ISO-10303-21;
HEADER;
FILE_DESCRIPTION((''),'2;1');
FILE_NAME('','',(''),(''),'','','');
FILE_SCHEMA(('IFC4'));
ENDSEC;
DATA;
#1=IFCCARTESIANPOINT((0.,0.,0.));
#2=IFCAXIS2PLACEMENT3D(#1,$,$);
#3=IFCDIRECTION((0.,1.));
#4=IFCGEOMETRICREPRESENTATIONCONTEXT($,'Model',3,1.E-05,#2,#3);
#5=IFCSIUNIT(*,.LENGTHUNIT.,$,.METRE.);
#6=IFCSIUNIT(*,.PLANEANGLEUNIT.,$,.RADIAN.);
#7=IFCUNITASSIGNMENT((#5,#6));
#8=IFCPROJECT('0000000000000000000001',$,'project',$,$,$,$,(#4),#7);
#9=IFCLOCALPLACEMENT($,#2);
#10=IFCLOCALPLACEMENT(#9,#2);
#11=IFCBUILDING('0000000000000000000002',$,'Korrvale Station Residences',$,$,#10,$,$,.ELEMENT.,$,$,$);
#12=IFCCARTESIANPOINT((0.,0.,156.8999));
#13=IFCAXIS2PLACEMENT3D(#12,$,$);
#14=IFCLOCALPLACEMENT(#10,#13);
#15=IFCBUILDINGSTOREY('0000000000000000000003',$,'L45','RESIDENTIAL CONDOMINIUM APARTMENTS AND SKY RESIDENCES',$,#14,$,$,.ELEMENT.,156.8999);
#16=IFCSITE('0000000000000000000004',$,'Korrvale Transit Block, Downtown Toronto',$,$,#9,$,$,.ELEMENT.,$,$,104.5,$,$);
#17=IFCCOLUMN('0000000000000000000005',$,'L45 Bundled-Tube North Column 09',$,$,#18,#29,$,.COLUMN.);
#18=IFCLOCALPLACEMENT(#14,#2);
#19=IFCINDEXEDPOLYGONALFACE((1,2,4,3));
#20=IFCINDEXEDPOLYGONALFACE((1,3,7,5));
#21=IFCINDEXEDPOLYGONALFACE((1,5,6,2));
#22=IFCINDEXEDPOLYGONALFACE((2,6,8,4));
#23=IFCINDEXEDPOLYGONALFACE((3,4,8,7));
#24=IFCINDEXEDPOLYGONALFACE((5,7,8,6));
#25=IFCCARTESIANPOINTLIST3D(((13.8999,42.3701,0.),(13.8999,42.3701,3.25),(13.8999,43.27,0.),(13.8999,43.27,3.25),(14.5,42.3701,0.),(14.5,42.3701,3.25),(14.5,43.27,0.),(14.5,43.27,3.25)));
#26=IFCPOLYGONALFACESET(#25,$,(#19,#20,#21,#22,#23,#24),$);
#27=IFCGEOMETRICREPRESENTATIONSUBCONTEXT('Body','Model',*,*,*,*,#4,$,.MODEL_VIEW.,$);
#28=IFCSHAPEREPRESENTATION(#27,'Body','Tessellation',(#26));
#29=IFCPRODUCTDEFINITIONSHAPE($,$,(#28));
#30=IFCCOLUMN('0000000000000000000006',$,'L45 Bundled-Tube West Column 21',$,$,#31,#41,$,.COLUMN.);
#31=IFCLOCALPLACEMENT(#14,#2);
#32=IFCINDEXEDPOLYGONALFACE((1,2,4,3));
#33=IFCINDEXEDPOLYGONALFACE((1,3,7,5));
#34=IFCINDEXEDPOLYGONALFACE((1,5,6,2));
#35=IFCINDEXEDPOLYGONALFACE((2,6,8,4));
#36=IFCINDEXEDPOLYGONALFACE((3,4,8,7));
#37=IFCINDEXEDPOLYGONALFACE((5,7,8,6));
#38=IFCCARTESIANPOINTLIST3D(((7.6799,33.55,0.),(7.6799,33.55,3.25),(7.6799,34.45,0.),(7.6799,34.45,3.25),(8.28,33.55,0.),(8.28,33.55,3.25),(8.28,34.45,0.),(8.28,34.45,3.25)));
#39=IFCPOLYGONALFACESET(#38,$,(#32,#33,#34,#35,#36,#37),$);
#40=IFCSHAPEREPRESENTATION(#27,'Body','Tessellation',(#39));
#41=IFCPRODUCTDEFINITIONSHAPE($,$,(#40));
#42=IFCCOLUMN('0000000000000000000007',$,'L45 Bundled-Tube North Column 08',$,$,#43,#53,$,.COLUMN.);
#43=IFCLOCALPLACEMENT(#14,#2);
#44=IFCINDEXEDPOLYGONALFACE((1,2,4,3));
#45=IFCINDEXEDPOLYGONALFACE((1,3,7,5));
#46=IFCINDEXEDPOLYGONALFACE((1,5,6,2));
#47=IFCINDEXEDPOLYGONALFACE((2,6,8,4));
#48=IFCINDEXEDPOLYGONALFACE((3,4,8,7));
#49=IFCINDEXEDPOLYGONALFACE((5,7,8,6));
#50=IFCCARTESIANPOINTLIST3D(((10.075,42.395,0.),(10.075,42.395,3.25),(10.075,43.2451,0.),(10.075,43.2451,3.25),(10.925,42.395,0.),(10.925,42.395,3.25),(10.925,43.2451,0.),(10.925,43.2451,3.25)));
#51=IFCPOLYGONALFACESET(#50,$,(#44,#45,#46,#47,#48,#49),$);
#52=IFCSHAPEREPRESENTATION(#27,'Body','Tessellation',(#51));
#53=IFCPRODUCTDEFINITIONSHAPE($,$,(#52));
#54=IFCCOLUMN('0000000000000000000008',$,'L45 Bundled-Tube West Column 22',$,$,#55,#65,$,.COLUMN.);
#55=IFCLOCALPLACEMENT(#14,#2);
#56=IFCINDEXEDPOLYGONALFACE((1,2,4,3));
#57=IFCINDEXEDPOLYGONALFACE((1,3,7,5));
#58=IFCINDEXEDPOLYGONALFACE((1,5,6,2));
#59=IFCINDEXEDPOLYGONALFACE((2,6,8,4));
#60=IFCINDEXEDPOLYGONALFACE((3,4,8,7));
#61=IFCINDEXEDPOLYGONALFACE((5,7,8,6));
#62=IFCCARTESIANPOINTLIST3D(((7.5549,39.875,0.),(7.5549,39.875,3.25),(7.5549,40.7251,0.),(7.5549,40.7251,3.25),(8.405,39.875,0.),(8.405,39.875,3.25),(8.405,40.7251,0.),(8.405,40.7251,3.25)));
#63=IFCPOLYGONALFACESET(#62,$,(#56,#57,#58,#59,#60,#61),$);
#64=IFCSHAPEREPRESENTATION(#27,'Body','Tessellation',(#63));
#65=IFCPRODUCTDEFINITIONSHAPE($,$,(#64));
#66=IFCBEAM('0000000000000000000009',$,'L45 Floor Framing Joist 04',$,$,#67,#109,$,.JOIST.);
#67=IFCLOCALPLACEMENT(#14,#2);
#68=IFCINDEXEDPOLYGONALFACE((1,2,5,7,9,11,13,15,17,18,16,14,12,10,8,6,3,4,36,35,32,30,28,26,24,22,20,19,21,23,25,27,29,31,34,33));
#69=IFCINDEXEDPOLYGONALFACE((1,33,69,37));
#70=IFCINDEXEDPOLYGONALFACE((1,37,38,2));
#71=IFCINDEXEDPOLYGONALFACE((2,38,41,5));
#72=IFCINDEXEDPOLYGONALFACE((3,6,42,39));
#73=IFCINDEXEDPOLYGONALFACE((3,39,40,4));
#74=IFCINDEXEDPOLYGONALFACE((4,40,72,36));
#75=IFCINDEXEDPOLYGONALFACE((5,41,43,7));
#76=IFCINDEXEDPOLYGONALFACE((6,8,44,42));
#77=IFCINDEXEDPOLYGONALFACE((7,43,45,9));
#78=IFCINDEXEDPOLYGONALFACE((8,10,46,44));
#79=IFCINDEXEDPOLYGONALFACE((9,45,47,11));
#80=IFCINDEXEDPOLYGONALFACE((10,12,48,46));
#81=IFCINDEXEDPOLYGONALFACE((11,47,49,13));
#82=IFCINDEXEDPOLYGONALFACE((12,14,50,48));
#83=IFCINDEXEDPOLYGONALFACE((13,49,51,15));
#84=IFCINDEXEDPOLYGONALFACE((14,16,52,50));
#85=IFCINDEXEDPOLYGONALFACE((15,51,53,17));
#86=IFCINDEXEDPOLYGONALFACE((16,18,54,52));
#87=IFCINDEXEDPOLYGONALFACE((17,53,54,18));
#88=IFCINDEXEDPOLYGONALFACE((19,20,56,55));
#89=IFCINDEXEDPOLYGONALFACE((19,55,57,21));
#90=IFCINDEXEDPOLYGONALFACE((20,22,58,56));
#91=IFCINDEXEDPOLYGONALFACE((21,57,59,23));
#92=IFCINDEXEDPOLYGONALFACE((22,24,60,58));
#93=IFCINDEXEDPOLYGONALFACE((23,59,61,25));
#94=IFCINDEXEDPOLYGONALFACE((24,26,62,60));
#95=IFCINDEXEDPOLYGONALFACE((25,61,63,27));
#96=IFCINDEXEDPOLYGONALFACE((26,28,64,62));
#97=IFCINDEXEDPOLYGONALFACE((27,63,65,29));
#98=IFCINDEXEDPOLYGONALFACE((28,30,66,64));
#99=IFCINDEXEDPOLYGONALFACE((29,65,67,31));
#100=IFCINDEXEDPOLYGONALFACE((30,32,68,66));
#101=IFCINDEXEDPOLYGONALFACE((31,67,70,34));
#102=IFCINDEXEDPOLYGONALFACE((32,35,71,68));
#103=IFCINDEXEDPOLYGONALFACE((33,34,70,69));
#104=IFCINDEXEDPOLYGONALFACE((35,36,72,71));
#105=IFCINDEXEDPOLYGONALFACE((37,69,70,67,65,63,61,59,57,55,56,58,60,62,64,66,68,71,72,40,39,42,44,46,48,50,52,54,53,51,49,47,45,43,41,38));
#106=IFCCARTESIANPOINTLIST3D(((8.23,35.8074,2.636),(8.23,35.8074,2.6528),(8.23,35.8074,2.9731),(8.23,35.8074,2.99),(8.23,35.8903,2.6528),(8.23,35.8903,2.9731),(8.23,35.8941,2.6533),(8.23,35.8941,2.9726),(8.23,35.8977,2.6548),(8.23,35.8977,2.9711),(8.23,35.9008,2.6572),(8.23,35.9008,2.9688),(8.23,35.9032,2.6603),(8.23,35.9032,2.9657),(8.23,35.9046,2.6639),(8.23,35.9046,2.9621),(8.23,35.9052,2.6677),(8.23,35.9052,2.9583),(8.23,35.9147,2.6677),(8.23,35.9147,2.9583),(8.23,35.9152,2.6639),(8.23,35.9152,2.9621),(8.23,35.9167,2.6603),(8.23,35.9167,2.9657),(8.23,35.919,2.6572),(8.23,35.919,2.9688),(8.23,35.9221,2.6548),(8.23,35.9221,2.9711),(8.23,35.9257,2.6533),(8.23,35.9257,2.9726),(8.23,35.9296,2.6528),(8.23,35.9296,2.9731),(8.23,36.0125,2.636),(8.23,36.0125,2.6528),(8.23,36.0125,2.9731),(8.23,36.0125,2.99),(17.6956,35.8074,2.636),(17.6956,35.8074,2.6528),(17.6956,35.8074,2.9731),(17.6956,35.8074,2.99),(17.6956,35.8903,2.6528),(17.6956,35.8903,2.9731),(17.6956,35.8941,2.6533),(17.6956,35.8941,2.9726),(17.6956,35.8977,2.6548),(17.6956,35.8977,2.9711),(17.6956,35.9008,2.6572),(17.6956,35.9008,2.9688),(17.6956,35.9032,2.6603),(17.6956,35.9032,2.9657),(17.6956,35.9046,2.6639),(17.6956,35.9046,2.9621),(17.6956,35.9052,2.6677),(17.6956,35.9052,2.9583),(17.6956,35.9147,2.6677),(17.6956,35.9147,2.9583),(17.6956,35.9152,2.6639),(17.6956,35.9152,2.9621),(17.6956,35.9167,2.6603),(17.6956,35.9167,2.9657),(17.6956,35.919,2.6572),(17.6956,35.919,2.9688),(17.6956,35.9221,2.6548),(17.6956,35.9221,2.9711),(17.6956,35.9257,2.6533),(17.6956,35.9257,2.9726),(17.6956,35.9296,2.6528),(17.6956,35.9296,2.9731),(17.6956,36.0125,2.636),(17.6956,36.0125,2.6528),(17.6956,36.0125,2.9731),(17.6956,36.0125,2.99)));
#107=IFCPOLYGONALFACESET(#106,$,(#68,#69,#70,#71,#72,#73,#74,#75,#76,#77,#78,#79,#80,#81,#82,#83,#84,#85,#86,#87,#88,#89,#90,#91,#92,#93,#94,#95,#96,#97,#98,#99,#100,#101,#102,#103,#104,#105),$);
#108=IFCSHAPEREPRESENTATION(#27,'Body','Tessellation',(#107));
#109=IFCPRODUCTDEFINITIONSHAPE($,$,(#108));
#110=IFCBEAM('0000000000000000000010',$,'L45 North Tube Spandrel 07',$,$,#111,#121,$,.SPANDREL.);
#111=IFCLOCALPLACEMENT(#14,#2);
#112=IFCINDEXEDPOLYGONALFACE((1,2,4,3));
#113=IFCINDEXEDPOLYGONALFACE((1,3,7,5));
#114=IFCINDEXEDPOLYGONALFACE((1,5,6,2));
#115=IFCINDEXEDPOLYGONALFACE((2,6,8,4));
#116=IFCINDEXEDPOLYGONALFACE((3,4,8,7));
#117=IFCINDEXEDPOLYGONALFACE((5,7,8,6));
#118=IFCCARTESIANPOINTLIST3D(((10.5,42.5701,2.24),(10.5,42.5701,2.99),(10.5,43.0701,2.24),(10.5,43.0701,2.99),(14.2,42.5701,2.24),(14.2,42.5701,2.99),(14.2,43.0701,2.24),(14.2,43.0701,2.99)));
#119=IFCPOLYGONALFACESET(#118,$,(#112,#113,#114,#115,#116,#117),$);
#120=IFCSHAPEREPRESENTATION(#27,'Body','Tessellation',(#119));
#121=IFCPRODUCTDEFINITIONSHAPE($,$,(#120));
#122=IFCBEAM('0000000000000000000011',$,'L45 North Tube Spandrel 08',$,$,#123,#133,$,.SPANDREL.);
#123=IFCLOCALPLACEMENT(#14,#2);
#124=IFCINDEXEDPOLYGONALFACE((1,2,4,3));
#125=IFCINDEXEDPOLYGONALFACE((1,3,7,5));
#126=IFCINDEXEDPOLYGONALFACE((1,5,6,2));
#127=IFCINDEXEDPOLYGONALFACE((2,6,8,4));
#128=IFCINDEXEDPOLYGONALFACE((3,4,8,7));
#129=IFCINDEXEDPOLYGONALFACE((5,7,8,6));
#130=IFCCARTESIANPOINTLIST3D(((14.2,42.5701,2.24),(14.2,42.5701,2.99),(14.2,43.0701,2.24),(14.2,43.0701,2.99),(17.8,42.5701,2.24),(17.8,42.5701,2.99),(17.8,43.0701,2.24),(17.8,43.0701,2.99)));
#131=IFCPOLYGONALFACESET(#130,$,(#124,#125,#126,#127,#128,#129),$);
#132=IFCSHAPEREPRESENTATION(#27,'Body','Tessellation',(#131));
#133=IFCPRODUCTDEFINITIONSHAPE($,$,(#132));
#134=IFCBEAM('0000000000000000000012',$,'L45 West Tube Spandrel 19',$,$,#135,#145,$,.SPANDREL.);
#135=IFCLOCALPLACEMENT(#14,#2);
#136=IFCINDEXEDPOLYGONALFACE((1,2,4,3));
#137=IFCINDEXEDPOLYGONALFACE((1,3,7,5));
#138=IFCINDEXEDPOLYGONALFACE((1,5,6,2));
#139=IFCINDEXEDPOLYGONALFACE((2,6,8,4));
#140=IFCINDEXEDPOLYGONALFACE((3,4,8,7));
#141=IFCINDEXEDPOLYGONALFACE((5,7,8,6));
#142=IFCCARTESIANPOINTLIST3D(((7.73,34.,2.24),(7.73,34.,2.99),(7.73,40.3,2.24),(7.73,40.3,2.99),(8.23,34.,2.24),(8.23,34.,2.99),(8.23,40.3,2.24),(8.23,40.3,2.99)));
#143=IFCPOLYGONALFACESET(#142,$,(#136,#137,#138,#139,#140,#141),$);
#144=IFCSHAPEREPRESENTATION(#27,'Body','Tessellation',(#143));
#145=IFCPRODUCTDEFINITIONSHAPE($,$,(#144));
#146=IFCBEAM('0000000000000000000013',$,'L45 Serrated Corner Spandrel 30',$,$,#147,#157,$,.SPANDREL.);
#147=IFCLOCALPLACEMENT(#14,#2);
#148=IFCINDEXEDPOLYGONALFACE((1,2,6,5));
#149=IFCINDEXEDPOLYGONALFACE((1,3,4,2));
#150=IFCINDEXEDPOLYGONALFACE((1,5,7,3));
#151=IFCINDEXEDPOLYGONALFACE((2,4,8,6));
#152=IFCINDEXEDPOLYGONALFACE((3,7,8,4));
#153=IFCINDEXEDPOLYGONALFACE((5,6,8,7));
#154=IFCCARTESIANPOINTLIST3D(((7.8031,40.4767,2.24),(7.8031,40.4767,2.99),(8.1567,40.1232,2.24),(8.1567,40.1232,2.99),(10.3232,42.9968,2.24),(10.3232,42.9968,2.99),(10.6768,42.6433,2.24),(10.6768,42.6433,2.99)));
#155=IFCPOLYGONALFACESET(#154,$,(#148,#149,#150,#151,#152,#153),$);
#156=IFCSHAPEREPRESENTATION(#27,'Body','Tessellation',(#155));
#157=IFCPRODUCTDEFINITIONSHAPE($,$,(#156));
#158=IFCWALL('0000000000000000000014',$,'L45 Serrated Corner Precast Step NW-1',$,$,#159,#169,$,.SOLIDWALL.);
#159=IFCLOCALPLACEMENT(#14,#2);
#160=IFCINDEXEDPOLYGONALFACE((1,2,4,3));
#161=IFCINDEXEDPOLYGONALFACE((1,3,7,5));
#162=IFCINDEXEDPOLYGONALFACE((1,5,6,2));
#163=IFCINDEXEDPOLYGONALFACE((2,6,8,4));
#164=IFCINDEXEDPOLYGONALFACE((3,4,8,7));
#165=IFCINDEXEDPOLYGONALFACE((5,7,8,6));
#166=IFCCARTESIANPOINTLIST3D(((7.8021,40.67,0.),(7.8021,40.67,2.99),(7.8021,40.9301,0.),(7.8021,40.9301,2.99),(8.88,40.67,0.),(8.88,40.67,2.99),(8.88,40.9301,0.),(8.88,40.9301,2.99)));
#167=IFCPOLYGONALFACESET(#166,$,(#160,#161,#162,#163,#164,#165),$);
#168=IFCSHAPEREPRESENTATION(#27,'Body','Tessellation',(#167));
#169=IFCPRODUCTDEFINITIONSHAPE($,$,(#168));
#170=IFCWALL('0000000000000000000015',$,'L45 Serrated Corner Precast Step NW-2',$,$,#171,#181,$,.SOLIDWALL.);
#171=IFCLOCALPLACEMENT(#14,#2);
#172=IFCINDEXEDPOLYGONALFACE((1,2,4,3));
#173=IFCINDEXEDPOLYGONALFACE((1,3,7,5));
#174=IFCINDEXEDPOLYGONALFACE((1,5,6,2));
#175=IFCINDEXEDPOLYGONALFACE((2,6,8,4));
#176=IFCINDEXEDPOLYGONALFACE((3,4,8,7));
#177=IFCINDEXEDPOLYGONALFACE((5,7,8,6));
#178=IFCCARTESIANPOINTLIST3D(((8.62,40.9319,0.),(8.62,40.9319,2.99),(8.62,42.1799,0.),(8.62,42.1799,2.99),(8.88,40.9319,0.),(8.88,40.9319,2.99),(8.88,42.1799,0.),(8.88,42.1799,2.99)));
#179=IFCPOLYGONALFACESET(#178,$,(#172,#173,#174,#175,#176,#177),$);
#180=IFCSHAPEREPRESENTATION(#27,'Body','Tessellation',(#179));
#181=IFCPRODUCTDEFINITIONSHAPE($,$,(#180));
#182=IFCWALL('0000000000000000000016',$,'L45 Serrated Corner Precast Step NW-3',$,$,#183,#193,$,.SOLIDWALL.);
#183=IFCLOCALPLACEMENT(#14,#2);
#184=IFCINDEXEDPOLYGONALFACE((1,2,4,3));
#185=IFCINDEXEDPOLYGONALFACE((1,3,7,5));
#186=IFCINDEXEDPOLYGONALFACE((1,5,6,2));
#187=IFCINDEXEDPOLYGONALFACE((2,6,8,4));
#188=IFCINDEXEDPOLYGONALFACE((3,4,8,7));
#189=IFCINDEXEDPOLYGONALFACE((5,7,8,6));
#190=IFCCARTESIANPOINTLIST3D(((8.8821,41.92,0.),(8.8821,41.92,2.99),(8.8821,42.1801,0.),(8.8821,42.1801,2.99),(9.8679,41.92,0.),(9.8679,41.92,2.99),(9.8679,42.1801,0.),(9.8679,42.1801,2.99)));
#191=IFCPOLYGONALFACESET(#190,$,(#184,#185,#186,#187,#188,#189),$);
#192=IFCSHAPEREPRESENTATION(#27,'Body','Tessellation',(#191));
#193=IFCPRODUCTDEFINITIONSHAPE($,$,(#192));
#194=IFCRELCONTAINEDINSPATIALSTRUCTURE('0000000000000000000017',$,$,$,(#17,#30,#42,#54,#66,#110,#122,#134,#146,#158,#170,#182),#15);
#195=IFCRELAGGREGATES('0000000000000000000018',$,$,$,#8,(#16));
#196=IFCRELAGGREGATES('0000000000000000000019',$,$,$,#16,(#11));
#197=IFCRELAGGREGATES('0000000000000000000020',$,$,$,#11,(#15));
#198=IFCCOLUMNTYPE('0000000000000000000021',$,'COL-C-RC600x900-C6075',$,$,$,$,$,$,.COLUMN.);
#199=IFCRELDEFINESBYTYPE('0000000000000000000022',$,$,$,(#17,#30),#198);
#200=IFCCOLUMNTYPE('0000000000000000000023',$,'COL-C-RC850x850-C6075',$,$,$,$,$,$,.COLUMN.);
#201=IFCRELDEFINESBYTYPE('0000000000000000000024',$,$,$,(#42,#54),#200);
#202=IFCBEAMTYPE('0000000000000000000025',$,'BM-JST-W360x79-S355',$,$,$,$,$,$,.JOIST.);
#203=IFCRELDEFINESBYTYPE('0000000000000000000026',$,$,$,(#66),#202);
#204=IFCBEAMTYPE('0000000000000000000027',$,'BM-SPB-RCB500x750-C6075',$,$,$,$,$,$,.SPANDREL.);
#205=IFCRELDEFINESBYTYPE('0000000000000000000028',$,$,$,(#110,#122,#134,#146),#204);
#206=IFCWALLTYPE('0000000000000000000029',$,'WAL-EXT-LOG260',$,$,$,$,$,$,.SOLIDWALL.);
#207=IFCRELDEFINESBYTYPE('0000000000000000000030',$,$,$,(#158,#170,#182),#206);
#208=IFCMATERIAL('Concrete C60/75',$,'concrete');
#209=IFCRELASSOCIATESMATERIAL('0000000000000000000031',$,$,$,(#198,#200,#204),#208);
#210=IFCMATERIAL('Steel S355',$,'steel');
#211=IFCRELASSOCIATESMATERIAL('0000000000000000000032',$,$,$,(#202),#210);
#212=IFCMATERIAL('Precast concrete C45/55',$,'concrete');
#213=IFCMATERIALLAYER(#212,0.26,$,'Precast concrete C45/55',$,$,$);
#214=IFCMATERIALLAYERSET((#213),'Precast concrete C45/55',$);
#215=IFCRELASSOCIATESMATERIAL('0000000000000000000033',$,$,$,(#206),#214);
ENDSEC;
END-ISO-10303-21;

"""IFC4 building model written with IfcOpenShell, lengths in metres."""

from ifc_helpers import new_model, si_unit, direction, frame, frame_2d, origin, origin_2d, place, context, subcontext, project, spatial, rectangle, i_section, extrude, material, layer, layer_set, material_profile, profile_set, type_object, element, save


model = new_model("IFC4")

# Units and contexts
model_context = context("Model", 3, precision=1e-05, world=origin(), true_north=direction((0.0, 1.0)))
body_context = subcontext(model_context, "Body", "Model", "MODEL_VIEW")
ifc_project = project(units=[si_unit("LENGTHUNIT", "METRE"), si_unit("PLANEANGLEUNIT", "RADIAN")], contexts=[model_context])

# Site, building, storey
site_placement = place(None, origin())
site = spatial("IfcSite", under=ifc_project, at=site_placement, Name="Korrvale Transit Block, Downtown Toronto", CompositionType="ELEMENT", RefElevation=104.5)
building_placement = place(site_placement, origin())
building = spatial("IfcBuilding", under=site, at=building_placement, Name="Korrvale Station Residences", CompositionType="ELEMENT")
storey_placement = place(building_placement, frame((0.0, 0.0, 156.8999)))
storey = spatial("IfcBuildingStorey", under=building, at=storey_placement, Name="L45", Description="RESIDENTIAL CONDOMINIUM APARTMENTS AND SKY RESIDENCES", CompositionType="ELEMENT", Elevation=156.8999)

# Columns
ifc_material_1 = material(Name="Concrete C60/75", Category="concrete")
ifc_material_profile_1 = material_profile(ifc_material_1, rectangle(XDim=0.6001, YDim=0.8999, at=origin_2d()), Name="RC600x900")
ifc_profile_set_1 = profile_set([ifc_material_profile_1], Name="Concrete C60/75")
column_type_1 = type_object("IfcColumnType", Name="COL-C-RC600x900-C6075", PredefinedType="COLUMN", material=ifc_profile_set_1)
for number, where, z_axis, x_axis, name in (
    (1, (14.2, 42.8201, 0.0), (0.0, 0.0, 1.0), (1.0, 0.0, 0.0), "L45 Bundled-Tube North Column 09"),
    (2, (7.98, 34.0, 0.0), (0.0, 0.0, 1.0), (1.0, 0.0, 0.0), "L45 Bundled-Tube West Column 21"),
):
    element("IfcColumn", number, at=place(storey_placement, frame(where, z_axis=z_axis, x_axis=x_axis)), inside=storey, type_object=column_type_1, Name=name, PredefinedType="COLUMN", context=body_context, shape_type="SweptSolid", body=[
        extrude(rectangle(XDim=0.6001, YDim=0.8999, at=origin_2d()), origin(), (0.0, 0.0, 1.0), 3.25),
    ])
ifc_material_profile_2 = material_profile(ifc_material_1, rectangle(XDim=0.8501, YDim=0.8501, at=origin_2d()), Name="RC850x850")
ifc_profile_set_2 = profile_set([ifc_material_profile_2], Name="Concrete C60/75")
column_type_2 = type_object("IfcColumnType", Name="COL-C-RC850x850-C6075", PredefinedType="COLUMN", material=ifc_profile_set_2)
for number, where, z_axis, x_axis, name in (
    (3, (10.5, 42.8201, 0.0), (0.0, 0.0, 1.0), (1.0, 0.0, 0.0), "L45 Bundled-Tube North Column 08"),
    (4, (7.98, 40.3, 0.0), (0.0, 0.0, 1.0), (1.0, 0.0, 0.0), "L45 Bundled-Tube West Column 22"),
):
    element("IfcColumn", number, at=place(storey_placement, frame(where, z_axis=z_axis, x_axis=x_axis)), inside=storey, type_object=column_type_2, Name=name, PredefinedType="COLUMN", context=body_context, shape_type="SweptSolid", body=[
        extrude(rectangle(XDim=0.8501, YDim=0.8501, at=origin_2d()), origin(), (0.0, 0.0, 1.0), 3.25),
    ])

# Beams
ifc_material_2 = material(Name="Steel S355", Category="steel")
ifc_material_profile_3 = material_profile(ifc_material_2, i_section(OverallWidth=0.2051, OverallDepth=0.354, WebThickness=0.0095, FlangeThickness=0.0168, FilletRadius=0.0149, at=origin_2d()), Name="W360x79")
ifc_profile_set_3 = profile_set([ifc_material_profile_3], Name="Steel S355")
beam_type_1 = type_object("IfcBeamType", Name="BM-JST-W360x79-S355", PredefinedType="JOIST", material=ifc_profile_set_3)
beam_1_placement = place(storey_placement, frame((8.23, 35.9099, 2.813), z_axis=(1.0, 0.0, 0.0), x_axis=(0.0, 1.0, 0.0)))
element("IfcBeam", 5, at=beam_1_placement, inside=storey, type_object=beam_type_1, Name="L45 Floor Framing Joist 04", PredefinedType="JOIST", context=body_context, shape_type="SweptSolid", body=[
    extrude(i_section(OverallWidth=0.2051, OverallDepth=0.354, WebThickness=0.0095, FlangeThickness=0.0168, FilletRadius=0.0149, at=origin_2d()), origin(), (0.0, 0.0, 1.0), 9.4656),
])
ifc_material_profile_4 = material_profile(ifc_material_1, rectangle(XDim=0.5, YDim=0.75, at=origin_2d()), Name="RCB500x750")
ifc_profile_set_4 = profile_set([ifc_material_profile_4], Name="Concrete C60/75")
beam_type_2 = type_object("IfcBeamType", Name="BM-SPB-RCB500x750-C6075", PredefinedType="SPANDREL", material=ifc_profile_set_4)
beam_2_placement = place(storey_placement, frame((10.5, 42.8201, 2.615), z_axis=(1.0, 0.0, 0.0), x_axis=(0.0, 1.0, 0.0)))
element("IfcBeam", 6, at=beam_2_placement, inside=storey, type_object=beam_type_2, Name="L45 North Tube Spandrel 07", PredefinedType="SPANDREL", context=body_context, shape_type="SweptSolid", body=[
    extrude(rectangle(XDim=0.5, YDim=0.75, at=origin_2d()), origin(), (0.0, 0.0, 1.0), 3.7),
])
beam_3_placement = place(storey_placement, frame((14.2, 42.8201, 2.615), z_axis=(1.0, 0.0, 0.0), x_axis=(0.0, 1.0, 0.0)))
element("IfcBeam", 7, at=beam_3_placement, inside=storey, type_object=beam_type_2, Name="L45 North Tube Spandrel 08", PredefinedType="SPANDREL", context=body_context, shape_type="SweptSolid", body=[
    extrude(rectangle(XDim=0.5, YDim=0.75, at=origin_2d()), origin(), (0.0, 0.0, 1.0), 3.6001),
])
beam_4_placement = place(storey_placement, frame((7.98, 34.0, 2.615), z_axis=(0.0, 1.0, 0.0), x_axis=(-1.0, 0.0, 0.0)))
element("IfcBeam", 8, at=beam_4_placement, inside=storey, type_object=beam_type_2, Name="L45 West Tube Spandrel 19", PredefinedType="SPANDREL", context=body_context, shape_type="SweptSolid", body=[
    extrude(rectangle(XDim=0.5, YDim=0.75, at=origin_2d()), origin(), (0.0, 0.0, 1.0), 6.3),
])
beam_5_placement = place(storey_placement, frame((10.5, 42.8201, 2.615), z_axis=(-0.707107, -0.707107, 0.0), x_axis=(0.707107, -0.707107, 0.0)))
element("IfcBeam", 9, at=beam_5_placement, inside=storey, type_object=beam_type_2, Name="L45 Serrated Corner Spandrel 30", PredefinedType="SPANDREL", context=body_context, shape_type="SweptSolid", body=[
    extrude(rectangle(XDim=0.5, YDim=0.75, at=origin_2d()), origin(), (0.0, 0.0, 1.0), 3.564),
])

# Walls
ifc_material_3 = material(Name="Precast concrete C45/55", Category="concrete")
ifc_layer_1 = layer(ifc_material_3, 0.26, Name="Precast concrete C45/55")
ifc_layer_set_1 = layer_set([ifc_layer_1], Name="Precast concrete C45/55")
wall_type_1 = type_object("IfcWallType", Name="WAL-EXT-LOG260", PredefinedType="SOLIDWALL", material=ifc_layer_set_1)
wall_1_placement = place(storey_placement, frame((7.802, 40.8, 0.0), z_axis=(0.0, 0.0, 1.0), x_axis=(1.0, 0.0, 0.0)))
element("IfcWall", 10, at=wall_1_placement, inside=storey, type_object=wall_type_1, Name="L45 Serrated Corner Precast Step NW-1", PredefinedType="SOLIDWALL", context=body_context, shape_type="SweptSolid", body=[
    extrude(rectangle(XDim=1.0779, YDim=0.26, at=frame_2d((0.5391, 0.0))), origin(), (0.0, 0.0, 1.0), 2.99),
])
wall_2_placement = place(storey_placement, frame((8.75, 40.9319, 0.0), z_axis=(0.0, 0.0, 1.0), x_axis=(0.0, 1.0, 0.0)))
element("IfcWall", 11, at=wall_2_placement, inside=storey, type_object=wall_type_1, Name="L45 Serrated Corner Precast Step NW-2", PredefinedType="SOLIDWALL", context=body_context, shape_type="SweptSolid", body=[
    extrude(rectangle(XDim=1.248, YDim=0.26, at=frame_2d((0.624, 0.0))), origin(), (0.0, 0.0, 1.0), 2.99),
])
wall_3_placement = place(storey_placement, frame((8.8821, 42.05, 0.0), z_axis=(0.0, 0.0, 1.0), x_axis=(1.0, 0.0, 0.0)))
element("IfcWall", 12, at=wall_3_placement, inside=storey, type_object=wall_type_1, Name="L45 Serrated Corner Precast Step NW-3", PredefinedType="SOLIDWALL", context=body_context, shape_type="SweptSolid", body=[
    extrude(rectangle(XDim=0.9858, YDim=0.26, at=frame_2d((0.4929, 0.0))), origin(), (0.0, 0.0, 1.0), 2.99),
])

save(model, "model.ifc")
